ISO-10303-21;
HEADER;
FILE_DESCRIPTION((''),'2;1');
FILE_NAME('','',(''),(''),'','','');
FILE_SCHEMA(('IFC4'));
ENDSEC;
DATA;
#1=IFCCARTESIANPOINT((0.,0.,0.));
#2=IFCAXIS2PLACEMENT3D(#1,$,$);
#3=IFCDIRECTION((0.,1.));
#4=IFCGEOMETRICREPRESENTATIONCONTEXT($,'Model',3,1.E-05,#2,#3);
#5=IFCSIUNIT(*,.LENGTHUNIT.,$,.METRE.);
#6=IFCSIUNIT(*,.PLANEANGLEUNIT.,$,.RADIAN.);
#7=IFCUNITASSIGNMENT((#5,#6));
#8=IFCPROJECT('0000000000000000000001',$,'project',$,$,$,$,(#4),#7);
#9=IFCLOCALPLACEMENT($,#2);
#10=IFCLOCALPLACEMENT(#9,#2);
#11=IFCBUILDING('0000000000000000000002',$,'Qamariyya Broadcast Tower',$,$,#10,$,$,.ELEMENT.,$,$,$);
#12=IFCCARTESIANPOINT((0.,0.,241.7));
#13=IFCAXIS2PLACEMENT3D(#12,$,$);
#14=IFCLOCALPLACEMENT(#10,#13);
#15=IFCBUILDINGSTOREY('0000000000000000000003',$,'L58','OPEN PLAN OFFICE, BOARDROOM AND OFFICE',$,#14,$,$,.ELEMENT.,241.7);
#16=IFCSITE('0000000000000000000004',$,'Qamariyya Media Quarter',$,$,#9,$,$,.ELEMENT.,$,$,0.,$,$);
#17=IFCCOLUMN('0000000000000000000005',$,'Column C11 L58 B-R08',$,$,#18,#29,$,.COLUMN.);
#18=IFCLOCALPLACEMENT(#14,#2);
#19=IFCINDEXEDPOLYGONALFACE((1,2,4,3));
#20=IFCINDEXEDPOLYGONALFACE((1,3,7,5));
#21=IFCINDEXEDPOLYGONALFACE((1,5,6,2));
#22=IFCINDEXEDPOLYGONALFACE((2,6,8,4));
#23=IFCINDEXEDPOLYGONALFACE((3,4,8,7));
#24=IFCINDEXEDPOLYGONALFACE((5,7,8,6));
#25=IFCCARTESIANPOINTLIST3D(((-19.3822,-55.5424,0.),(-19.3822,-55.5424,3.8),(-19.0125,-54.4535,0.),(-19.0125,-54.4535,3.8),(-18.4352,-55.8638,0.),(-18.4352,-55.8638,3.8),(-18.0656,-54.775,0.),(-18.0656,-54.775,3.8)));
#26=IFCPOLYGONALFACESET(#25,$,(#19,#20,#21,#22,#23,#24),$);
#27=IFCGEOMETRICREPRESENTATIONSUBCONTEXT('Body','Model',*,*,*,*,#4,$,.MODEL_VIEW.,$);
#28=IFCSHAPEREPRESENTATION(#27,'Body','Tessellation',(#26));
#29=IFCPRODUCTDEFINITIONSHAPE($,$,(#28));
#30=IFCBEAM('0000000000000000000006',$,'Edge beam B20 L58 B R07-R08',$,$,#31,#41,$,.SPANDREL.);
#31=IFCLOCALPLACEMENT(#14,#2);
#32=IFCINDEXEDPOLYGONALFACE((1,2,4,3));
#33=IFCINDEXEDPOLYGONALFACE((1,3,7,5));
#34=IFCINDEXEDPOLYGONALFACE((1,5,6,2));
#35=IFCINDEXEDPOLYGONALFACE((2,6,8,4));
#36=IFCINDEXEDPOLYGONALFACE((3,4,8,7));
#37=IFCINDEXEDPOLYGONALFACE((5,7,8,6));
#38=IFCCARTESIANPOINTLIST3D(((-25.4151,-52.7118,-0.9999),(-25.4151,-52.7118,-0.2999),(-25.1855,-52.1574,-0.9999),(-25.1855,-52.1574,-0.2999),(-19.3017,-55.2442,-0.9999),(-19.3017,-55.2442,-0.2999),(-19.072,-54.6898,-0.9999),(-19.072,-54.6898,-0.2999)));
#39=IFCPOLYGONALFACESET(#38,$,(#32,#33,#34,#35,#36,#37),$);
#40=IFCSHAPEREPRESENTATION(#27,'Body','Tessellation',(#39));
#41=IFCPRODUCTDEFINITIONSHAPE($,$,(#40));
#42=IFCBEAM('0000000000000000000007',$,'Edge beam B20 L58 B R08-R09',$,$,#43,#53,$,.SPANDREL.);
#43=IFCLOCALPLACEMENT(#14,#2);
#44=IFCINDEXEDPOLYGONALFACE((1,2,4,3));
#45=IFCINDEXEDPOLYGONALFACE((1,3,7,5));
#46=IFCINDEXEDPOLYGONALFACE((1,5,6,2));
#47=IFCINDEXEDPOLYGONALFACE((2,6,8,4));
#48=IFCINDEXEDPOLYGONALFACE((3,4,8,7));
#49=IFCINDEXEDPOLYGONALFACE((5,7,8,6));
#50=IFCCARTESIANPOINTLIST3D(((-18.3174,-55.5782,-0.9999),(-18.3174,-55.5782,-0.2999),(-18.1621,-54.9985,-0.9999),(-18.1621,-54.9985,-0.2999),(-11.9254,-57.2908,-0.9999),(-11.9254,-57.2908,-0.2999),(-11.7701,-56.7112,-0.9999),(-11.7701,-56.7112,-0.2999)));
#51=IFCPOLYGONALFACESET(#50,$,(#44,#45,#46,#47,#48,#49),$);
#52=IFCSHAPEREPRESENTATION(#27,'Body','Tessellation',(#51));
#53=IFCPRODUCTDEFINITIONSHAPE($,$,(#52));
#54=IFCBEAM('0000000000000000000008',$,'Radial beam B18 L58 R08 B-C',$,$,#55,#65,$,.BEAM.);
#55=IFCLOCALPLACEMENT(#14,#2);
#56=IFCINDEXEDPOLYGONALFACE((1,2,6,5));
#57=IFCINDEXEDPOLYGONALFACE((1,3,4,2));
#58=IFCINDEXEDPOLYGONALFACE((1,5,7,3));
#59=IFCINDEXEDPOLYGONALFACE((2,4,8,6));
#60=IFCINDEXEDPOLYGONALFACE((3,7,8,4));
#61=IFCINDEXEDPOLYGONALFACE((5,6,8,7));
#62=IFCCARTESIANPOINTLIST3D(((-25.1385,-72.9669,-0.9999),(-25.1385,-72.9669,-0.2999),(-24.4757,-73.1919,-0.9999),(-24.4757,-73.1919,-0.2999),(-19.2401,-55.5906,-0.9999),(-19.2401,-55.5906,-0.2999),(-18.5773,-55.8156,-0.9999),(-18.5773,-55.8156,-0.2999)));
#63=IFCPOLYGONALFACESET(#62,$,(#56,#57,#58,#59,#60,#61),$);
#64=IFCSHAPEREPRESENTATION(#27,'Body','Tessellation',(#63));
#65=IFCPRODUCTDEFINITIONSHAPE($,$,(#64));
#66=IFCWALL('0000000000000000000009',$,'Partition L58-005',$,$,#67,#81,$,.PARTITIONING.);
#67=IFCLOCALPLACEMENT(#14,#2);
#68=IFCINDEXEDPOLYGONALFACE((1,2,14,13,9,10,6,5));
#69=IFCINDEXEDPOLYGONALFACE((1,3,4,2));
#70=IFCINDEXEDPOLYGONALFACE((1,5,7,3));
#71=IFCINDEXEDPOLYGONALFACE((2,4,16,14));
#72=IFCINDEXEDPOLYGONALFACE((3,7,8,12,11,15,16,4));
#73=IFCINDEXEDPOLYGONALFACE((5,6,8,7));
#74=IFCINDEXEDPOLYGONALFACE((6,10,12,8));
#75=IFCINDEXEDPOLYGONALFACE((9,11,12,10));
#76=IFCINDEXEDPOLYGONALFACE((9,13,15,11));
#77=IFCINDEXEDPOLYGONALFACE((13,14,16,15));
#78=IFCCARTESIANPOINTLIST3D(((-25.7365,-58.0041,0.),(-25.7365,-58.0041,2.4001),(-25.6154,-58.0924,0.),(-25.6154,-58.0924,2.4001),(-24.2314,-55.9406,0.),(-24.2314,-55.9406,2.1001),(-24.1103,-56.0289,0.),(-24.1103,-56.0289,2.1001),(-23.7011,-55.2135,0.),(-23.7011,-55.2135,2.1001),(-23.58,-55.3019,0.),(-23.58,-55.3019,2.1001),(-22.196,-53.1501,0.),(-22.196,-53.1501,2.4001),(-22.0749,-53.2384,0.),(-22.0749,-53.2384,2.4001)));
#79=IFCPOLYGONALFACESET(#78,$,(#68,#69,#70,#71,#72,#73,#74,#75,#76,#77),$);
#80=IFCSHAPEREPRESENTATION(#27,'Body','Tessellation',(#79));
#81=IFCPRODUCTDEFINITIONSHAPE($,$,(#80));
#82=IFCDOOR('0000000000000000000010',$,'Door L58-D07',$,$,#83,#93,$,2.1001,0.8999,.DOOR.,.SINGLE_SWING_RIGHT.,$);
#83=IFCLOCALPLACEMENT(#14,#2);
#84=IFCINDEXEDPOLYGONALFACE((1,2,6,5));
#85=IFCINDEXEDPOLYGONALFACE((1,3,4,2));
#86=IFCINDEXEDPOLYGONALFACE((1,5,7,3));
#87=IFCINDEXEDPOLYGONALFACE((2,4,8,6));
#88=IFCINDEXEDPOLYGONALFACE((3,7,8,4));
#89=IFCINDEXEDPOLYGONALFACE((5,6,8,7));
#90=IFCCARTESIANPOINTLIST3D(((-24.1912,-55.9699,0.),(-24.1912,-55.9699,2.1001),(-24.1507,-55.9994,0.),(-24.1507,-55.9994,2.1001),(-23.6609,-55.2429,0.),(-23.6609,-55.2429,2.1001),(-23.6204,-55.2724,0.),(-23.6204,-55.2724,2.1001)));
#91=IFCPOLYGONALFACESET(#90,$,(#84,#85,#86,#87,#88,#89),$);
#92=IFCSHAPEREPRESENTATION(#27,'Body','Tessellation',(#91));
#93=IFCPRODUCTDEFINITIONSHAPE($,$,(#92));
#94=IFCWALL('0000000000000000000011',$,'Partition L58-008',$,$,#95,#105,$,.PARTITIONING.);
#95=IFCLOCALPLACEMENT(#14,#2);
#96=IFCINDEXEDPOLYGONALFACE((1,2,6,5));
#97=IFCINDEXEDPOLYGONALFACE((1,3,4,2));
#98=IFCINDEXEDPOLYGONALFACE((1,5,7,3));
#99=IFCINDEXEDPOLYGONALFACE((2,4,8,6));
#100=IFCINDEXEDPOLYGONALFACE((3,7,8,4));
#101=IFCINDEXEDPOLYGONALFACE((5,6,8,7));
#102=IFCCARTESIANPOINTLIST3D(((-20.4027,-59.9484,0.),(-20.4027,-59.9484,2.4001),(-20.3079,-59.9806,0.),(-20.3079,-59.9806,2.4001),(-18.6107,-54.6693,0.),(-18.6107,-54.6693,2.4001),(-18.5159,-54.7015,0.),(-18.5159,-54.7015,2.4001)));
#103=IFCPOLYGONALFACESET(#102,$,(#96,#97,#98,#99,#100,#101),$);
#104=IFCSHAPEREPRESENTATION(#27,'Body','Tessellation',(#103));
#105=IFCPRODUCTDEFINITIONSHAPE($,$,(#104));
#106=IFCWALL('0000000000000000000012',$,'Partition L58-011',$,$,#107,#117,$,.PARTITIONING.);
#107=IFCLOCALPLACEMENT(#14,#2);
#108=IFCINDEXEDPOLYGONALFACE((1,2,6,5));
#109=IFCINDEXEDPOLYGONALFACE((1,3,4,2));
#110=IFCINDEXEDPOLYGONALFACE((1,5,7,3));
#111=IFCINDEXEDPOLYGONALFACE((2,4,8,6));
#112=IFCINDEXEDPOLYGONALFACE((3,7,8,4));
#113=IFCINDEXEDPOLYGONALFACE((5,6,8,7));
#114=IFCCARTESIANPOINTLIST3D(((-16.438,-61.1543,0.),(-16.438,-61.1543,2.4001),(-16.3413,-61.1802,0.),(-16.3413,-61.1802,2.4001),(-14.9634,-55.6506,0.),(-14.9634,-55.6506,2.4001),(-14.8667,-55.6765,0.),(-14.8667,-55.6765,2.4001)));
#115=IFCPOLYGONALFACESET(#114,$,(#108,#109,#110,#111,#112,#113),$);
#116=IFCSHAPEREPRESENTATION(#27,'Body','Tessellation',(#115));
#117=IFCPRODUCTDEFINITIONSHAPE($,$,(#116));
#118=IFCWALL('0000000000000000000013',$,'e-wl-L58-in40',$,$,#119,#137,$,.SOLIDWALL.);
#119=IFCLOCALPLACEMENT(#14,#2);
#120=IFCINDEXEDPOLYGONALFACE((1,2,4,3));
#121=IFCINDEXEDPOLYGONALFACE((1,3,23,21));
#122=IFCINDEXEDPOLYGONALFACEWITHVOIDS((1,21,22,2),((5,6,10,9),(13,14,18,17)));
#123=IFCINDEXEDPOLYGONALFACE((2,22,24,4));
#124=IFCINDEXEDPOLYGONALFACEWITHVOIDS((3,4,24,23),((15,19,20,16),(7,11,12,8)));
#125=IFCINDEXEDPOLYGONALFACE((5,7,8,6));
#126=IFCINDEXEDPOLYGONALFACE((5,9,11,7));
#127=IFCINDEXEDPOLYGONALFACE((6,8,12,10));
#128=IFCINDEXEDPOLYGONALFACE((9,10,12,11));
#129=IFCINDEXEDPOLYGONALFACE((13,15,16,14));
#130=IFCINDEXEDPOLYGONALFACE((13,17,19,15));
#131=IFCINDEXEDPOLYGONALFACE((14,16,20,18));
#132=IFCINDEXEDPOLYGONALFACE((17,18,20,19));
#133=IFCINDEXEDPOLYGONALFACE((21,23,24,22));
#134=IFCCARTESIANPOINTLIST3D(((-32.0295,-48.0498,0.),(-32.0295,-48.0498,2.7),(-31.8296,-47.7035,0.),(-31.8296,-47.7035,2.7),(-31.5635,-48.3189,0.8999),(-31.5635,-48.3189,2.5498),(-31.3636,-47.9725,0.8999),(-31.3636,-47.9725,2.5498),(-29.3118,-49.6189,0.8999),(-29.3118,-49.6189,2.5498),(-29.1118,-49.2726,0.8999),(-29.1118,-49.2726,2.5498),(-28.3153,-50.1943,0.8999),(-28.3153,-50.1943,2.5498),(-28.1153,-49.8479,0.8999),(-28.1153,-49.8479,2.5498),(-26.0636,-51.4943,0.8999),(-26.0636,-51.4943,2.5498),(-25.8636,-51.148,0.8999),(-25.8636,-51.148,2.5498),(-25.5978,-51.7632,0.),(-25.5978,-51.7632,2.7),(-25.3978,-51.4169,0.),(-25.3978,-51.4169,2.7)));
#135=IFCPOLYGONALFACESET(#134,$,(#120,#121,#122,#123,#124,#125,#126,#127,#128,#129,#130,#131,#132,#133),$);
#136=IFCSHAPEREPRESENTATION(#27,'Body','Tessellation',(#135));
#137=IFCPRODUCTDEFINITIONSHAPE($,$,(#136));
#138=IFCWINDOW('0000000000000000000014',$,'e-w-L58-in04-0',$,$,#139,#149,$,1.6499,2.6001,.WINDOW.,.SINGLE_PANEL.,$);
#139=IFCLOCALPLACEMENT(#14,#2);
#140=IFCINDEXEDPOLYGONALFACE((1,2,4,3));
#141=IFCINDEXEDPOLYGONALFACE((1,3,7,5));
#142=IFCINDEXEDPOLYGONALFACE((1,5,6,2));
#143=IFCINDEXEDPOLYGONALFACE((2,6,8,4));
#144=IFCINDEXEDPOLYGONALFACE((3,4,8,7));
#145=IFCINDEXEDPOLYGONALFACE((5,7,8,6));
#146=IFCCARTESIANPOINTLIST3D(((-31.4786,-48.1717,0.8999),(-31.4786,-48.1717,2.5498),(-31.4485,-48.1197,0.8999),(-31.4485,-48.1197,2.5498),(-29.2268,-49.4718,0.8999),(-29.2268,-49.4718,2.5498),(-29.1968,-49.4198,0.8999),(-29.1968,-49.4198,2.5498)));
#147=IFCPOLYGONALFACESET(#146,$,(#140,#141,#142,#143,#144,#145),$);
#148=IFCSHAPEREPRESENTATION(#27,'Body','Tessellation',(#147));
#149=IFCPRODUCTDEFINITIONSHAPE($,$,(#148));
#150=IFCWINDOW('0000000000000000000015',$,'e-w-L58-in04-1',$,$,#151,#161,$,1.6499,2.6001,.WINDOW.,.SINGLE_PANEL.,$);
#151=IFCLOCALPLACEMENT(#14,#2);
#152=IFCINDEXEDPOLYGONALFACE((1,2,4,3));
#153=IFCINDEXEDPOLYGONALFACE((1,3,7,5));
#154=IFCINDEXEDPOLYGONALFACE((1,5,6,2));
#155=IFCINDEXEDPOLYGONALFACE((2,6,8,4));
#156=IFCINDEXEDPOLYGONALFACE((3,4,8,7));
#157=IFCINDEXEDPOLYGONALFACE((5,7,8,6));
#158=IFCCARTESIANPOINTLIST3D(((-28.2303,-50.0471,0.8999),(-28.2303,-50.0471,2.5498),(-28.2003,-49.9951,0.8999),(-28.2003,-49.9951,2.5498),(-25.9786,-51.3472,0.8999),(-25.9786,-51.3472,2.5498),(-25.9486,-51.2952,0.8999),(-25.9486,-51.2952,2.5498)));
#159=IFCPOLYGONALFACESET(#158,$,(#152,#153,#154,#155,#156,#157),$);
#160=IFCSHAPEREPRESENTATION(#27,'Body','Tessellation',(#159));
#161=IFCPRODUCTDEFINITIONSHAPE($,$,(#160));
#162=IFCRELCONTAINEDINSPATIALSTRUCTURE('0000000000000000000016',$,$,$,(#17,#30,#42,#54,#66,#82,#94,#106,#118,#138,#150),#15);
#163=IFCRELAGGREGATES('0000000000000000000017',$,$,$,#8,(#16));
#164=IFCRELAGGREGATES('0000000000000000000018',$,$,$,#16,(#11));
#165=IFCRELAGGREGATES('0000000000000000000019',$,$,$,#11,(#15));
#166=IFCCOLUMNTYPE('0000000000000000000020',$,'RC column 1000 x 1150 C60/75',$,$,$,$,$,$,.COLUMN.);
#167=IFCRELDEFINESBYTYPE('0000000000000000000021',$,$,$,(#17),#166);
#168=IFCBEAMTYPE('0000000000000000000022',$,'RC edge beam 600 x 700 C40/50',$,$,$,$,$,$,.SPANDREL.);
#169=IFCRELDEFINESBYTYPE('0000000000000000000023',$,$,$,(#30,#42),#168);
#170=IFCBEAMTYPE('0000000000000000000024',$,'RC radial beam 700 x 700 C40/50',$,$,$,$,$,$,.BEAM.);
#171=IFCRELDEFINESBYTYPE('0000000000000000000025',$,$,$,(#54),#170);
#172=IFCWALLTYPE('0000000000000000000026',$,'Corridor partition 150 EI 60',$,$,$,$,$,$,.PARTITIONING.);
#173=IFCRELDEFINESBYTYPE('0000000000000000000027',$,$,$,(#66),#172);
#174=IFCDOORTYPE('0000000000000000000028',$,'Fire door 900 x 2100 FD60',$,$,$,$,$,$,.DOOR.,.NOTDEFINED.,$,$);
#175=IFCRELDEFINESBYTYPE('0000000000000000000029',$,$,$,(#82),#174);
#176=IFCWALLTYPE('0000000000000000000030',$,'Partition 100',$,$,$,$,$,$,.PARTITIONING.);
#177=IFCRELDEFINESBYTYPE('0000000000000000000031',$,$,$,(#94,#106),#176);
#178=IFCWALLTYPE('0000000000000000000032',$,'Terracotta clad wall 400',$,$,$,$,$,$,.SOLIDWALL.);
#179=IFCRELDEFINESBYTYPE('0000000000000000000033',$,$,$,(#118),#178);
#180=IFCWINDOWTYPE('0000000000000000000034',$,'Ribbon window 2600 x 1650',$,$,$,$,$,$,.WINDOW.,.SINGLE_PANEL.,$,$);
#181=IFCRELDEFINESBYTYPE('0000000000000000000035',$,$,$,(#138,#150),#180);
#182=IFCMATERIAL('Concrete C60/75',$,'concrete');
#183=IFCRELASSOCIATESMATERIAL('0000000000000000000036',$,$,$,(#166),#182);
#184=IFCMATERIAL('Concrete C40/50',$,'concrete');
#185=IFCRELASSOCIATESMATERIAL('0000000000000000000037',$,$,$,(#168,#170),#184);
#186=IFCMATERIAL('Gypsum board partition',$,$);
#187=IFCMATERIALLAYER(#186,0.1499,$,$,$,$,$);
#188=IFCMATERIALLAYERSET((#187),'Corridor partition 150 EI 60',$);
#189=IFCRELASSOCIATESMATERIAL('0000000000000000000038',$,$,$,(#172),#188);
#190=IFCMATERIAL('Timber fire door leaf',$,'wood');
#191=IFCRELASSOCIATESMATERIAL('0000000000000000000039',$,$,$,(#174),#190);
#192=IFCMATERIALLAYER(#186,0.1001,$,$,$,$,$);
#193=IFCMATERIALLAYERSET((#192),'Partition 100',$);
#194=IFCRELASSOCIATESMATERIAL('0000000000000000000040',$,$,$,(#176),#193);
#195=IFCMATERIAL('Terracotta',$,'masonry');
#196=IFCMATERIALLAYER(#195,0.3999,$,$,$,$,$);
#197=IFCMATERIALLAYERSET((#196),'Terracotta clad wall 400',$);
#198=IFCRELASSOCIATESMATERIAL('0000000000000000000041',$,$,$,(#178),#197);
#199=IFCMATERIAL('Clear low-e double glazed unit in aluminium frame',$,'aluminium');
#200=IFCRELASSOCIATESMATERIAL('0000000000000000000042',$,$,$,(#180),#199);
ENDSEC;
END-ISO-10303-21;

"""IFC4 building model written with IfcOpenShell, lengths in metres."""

from ifc_helpers import new_model, si_unit, direction, frame, frame_2d, origin, origin_2d, place, context, subcontext, project, spatial, rectangle, extrude, material, layer, layer_set, material_profile, profile_set, type_object, element, fill, save


model = new_model("IFC4")

# Units and contexts
model_context = context("Model", 3, precision=1e-05, world=origin(), true_north=direction((0.0, 1.0)))
body_context = subcontext(model_context, "Body", "Model", "MODEL_VIEW")
ifc_project = project(units=[si_unit("LENGTHUNIT", "METRE"), si_unit("PLANEANGLEUNIT", "RADIAN")], contexts=[model_context])

# Site, building, storey
site_placement = place(None, origin())
site = spatial("IfcSite", under=ifc_project, at=site_placement, Name="Qamariyya Media Quarter", CompositionType="ELEMENT", RefElevation=0.0)
building_placement = place(site_placement, origin())
building = spatial("IfcBuilding", under=site, at=building_placement, Name="Qamariyya Broadcast Tower", CompositionType="ELEMENT")
storey_placement = place(building_placement, frame((0.0, 0.0, 241.7)))
storey = spatial("IfcBuildingStorey", under=building, at=storey_placement, Name="L58", Description="OPEN PLAN OFFICE, BOARDROOM AND OFFICE", CompositionType="ELEMENT", Elevation=241.7)

# Column
ifc_material_1 = material(Name="Concrete C60/75", Category="concrete")
ifc_material_profile_1 = material_profile(ifc_material_1, rectangle(XDim=1.0, YDim=1.1499, at=origin_2d()))
ifc_profile_set_1 = profile_set([ifc_material_profile_1], Name="Concrete C60/75")
column_type = type_object("IfcColumnType", Name="RC column 1000 x 1150 C60/75", PredefinedType="COLUMN", material=ifc_profile_set_1)
column_placement = place(storey_placement, frame((-18.7239, -55.1587, 0.0), z_axis=(0.0, 0.0, 1.0), x_axis=(0.94693, -0.321439, 0.0)))
element("IfcColumn", 1, at=column_placement, inside=storey, type_object=column_type, Name="Column C11 L58 B-R08", PredefinedType="COLUMN", context=body_context, shape_type="SweptSolid", body=[
    extrude(rectangle(XDim=1.0, YDim=1.1499, at=origin_2d()), origin(), (0.0, 0.0, 1.0), 3.8),
])

# Beams
ifc_material_2 = material(Name="Concrete C40/50", Category="concrete")
ifc_material_profile_2 = material_profile(ifc_material_2, rectangle(XDim=0.6001, YDim=0.7, at=origin_2d()))
ifc_profile_set_2 = profile_set([ifc_material_profile_2], Name="Concrete C40/50")
beam_type_1 = type_object("IfcBeamType", Name="RC edge beam 600 x 700 C40/50", PredefinedType="SPANDREL", material=ifc_profile_set_2)
beam_1_placement = place(storey_placement, frame((-25.3003, -52.4346, -0.6499), z_axis=(0.923871, -0.382705, 0.0), x_axis=(0.382705, 0.923871, 0.0)))
element("IfcBeam", 2, at=beam_1_placement, inside=storey, type_object=beam_type_1, Name="Edge beam B20 L58 B R07-R08", PredefinedType="SPANDREL", context=body_context, shape_type="SweptSolid", body=[
    extrude(rectangle(XDim=0.6001, YDim=0.7, at=origin_2d()), origin(), (0.0, 0.0, 1.0), 6.6172),
])
beam_2_placement = place(storey_placement, frame((-18.2397, -55.2883, -0.6499), z_axis=(0.965927, -0.258813, 0.0), x_axis=(0.258813, 0.965927, 0.0)))
element("IfcBeam", 3, at=beam_2_placement, inside=storey, type_object=beam_type_1, Name="Edge beam B20 L58 B R08-R09", PredefinedType="SPANDREL", context=body_context, shape_type="SweptSolid", body=[
    extrude(rectangle(XDim=0.6001, YDim=0.7, at=origin_2d()), origin(), (0.0, 0.0, 1.0), 6.6174),
])
ifc_material_profile_3 = material_profile(ifc_material_2, rectangle(XDim=0.7, YDim=0.7, at=origin_2d()))
ifc_profile_set_3 = profile_set([ifc_material_profile_3], Name="Concrete C40/50")
beam_type_2 = type_object("IfcBeamType", Name="RC radial beam 700 x 700 C40/50", PredefinedType="BEAM", material=ifc_profile_set_3)
beam_3_placement = place(storey_placement, frame((-18.9087, -55.7031, -0.6499), z_axis=(-0.32144, -0.94693, 0.0), x_axis=(0.94693, -0.32144, 0.0)))
element("IfcBeam", 4, at=beam_3_placement, inside=storey, type_object=beam_type_2, Name="Radial beam B18 L58 R08 B-C", PredefinedType="BEAM", context=body_context, shape_type="SweptSolid", body=[
    extrude(rectangle(XDim=0.7, YDim=0.7, at=origin_2d()), origin(), (0.0, 0.0, 1.0), 18.3501),
])

# Wall, opening, door
ifc_material_3 = material(Name="Gypsum board partition")
ifc_layer_1 = layer(ifc_material_3, 0.1499)
ifc_layer_set_1 = layer_set([ifc_layer_1], Name="Corridor partition 150 EI 60")
wall_type_1 = type_object("IfcWallType", Name="Corridor partition 150 EI 60", PredefinedType="PARTITIONING", material=ifc_layer_set_1)
wall_1_placement = place(storey_placement, frame((-22.1355, -53.1943, 0.0), z_axis=(0.0, 0.0, 1.0), x_axis=(-0.589297, -0.807916, 0.0)))
wall_1 = element("IfcWall", 5, at=wall_1_placement, inside=storey, type_object=wall_type_1, Name="Partition L58-005", PredefinedType="PARTITIONING", context=body_context, shape_type="SweptSolid", body=[
    extrude(rectangle(XDim=6.0081, YDim=0.1499, at=frame_2d((3.0039, 0.0))), origin(), (0.0, 0.0, 1.0), 2.4001),
])
opening_1_placement = place(wall_1_placement, frame((2.554, 0.0, 0.0)))
opening_1 = element("IfcOpeningElement", 6, at=opening_1_placement, cuts=wall_1, PredefinedType="OPENING", context=body_context, shape_type="SweptSolid", body=[
    extrude(rectangle(XDim=0.8999, YDim=2.1001, at=frame_2d((0.45, 1.05))), frame((0.0, 0.085, 0.0), z_axis=(0.0, -1.0, 0.0), x_axis=(1.0, 0.0, 0.0)), (0.0, 0.0, 1.0), 0.1699),
])
ifc_material_4 = material(Name="Timber fire door leaf", Category="wood")
door_type = type_object("IfcDoorType", Name="Fire door 900 x 2100 FD60", OperationType="NOTDEFINED", PredefinedType="DOOR", material=ifc_material_4)
door_placement = place(opening_1_placement, origin())
door = element("IfcDoor", 7, at=door_placement, inside=storey, type_object=door_type, Name="Door L58-D07", OperationType="SINGLE_SWING_RIGHT", OverallHeight=2.1001, OverallWidth=0.8999, PredefinedType="DOOR", context=body_context, shape_type="SweptSolid", body=[
    extrude(rectangle(XDim=0.8999, YDim=2.1001, at=frame_2d((0.45, 1.05))), frame((0.0, 0.0249, 0.0), z_axis=(0.0, -1.0, 0.0), x_axis=(1.0, 0.0, 0.0)), (0.0, 0.0, 1.0), 0.05),
])
fill(opening_1, door)

# Walls
ifc_layer_2 = layer(ifc_material_3, 0.1001)
ifc_layer_set_2 = layer_set([ifc_layer_2], Name="Partition 100")
wall_type_2 = type_object("IfcWallType", Name="Partition 100", PredefinedType="PARTITIONING", material=ifc_layer_set_2)
wall_2_placement = place(storey_placement, frame((-18.5632, -54.6853, 0.0), z_axis=(0.0, 0.0, 1.0), x_axis=(-0.321439, -0.94693, 0.0)))
element("IfcWall", 8, at=wall_2_placement, inside=storey, type_object=wall_type_2, Name="Partition L58-008", PredefinedType="PARTITIONING", context=body_context, shape_type="SweptSolid", body=[
    extrude(rectangle(XDim=5.575, YDim=0.1001, at=frame_2d((2.7876, 0.0))), origin(), (0.0, 0.0, 1.0), 2.4001),
])
wall_3_placement = place(storey_placement, frame((-14.915, -55.6636, 0.0), z_axis=(0.0, 0.0, 1.0), x_axis=(-0.258804, -0.96593, 0.0)))
element("IfcWall", 9, at=wall_3_placement, inside=storey, type_object=wall_type_2, Name="Partition L58-011", PredefinedType="PARTITIONING", context=body_context, shape_type="SweptSolid", body=[
    extrude(rectangle(XDim=5.6978, YDim=0.1001, at=frame_2d((2.8489, 0.0))), origin(), (0.0, 0.0, 1.0), 2.4001),
])

# Wall, openings, windows
ifc_material_5 = material(Name="Terracotta", Category="masonry")
ifc_layer_3 = layer(ifc_material_5, 0.3999)
ifc_layer_set_3 = layer_set([ifc_layer_3], Name="Terracotta clad wall 400")
wall_type_3 = type_object("IfcWallType", Name="Terracotta clad wall 400", PredefinedType="SOLIDWALL", material=ifc_layer_set_3)
wall_4_placement = place(storey_placement, frame((-25.4978, -51.5901, 0.0), z_axis=(0.0, 0.0, 1.0), x_axis=(-0.866021, 0.500007, 0.0)))
wall_4 = element("IfcWall", 10, at=wall_4_placement, inside=storey, type_object=wall_type_3, Name="e-wl-L58-in40", PredefinedType="SOLIDWALL", context=body_context, shape_type="SweptSolid", body=[
    extrude(rectangle(XDim=7.4268, YDim=0.3999, at=frame_2d((3.7134, 0.0))), origin(), (0.0, 0.0, 1.0), 2.7),
])
opening_2_placement = place(wall_4_placement, frame((4.2886, 0.0, 0.8999)))
opening_2 = element("IfcOpeningElement", 11, at=opening_2_placement, cuts=wall_4, PredefinedType="OPENING", context=body_context, shape_type="SweptSolid", body=[
    extrude(rectangle(XDim=2.6001, YDim=1.6499, at=frame_2d((1.3, 0.825))), frame((0.0, 0.21, 0.0), z_axis=(0.0, -1.0, 0.0), x_axis=(1.0, 0.0, 0.0)), (0.0, 0.0, 1.0), 0.4199),
])
opening_3_placement = place(wall_4_placement, frame((0.5378, 0.0, 0.8999)))
opening_3 = element("IfcOpeningElement", 12, at=opening_3_placement, cuts=wall_4, PredefinedType="OPENING", context=body_context, shape_type="SweptSolid", body=[
    extrude(rectangle(XDim=2.6001, YDim=1.6499, at=frame_2d((1.3, 0.825))), frame((0.0, 0.21, 0.0), z_axis=(0.0, -1.0, 0.0), x_axis=(1.0, 0.0, 0.0)), (0.0, 0.0, 1.0), 0.4199),
])
ifc_material_6 = material(Name="Clear low-e double glazed unit in aluminium frame", Category="aluminium")
window_type = type_object("IfcWindowType", Name="Ribbon window 2600 x 1650", PartitioningType="SINGLE_PANEL", PredefinedType="WINDOW", material=ifc_material_6)
window_1_placement = place(opening_2_placement, origin())
window_1 = element("IfcWindow", 13, at=window_1_placement, inside=storey, type_object=window_type, Name="e-w-L58-in04-0", OverallHeight=1.6499, OverallWidth=2.6001, PartitioningType="SINGLE_PANEL", PredefinedType="WINDOW", context=body_context, shape_type="SweptSolid", body=[
    extrude(rectangle(XDim=2.6001, YDim=1.6499, at=frame_2d((1.3, 0.825))), frame((0.0, 0.03, 0.0), z_axis=(0.0, -1.0, 0.0), x_axis=(1.0, 0.0, 0.0)), (0.0, 0.0, 1.0), 0.0601),
])
fill(opening_2, window_1)
window_2_placement = place(opening_3_placement, origin())
window_2 = element("IfcWindow", 14, at=window_2_placement, inside=storey, type_object=window_type, Name="e-w-L58-in04-1", OverallHeight=1.6499, OverallWidth=2.6001, PartitioningType="SINGLE_PANEL", PredefinedType="WINDOW", context=body_context, shape_type="SweptSolid", body=[
    extrude(rectangle(XDim=2.6001, YDim=1.6499, at=frame_2d((1.3, 0.825))), frame((0.0, 0.03, 0.0), z_axis=(0.0, -1.0, 0.0), x_axis=(1.0, 0.0, 0.0)), (0.0, 0.0, 1.0), 0.0601),
])
fill(opening_3, window_2)

save(model, "model.ifc")
